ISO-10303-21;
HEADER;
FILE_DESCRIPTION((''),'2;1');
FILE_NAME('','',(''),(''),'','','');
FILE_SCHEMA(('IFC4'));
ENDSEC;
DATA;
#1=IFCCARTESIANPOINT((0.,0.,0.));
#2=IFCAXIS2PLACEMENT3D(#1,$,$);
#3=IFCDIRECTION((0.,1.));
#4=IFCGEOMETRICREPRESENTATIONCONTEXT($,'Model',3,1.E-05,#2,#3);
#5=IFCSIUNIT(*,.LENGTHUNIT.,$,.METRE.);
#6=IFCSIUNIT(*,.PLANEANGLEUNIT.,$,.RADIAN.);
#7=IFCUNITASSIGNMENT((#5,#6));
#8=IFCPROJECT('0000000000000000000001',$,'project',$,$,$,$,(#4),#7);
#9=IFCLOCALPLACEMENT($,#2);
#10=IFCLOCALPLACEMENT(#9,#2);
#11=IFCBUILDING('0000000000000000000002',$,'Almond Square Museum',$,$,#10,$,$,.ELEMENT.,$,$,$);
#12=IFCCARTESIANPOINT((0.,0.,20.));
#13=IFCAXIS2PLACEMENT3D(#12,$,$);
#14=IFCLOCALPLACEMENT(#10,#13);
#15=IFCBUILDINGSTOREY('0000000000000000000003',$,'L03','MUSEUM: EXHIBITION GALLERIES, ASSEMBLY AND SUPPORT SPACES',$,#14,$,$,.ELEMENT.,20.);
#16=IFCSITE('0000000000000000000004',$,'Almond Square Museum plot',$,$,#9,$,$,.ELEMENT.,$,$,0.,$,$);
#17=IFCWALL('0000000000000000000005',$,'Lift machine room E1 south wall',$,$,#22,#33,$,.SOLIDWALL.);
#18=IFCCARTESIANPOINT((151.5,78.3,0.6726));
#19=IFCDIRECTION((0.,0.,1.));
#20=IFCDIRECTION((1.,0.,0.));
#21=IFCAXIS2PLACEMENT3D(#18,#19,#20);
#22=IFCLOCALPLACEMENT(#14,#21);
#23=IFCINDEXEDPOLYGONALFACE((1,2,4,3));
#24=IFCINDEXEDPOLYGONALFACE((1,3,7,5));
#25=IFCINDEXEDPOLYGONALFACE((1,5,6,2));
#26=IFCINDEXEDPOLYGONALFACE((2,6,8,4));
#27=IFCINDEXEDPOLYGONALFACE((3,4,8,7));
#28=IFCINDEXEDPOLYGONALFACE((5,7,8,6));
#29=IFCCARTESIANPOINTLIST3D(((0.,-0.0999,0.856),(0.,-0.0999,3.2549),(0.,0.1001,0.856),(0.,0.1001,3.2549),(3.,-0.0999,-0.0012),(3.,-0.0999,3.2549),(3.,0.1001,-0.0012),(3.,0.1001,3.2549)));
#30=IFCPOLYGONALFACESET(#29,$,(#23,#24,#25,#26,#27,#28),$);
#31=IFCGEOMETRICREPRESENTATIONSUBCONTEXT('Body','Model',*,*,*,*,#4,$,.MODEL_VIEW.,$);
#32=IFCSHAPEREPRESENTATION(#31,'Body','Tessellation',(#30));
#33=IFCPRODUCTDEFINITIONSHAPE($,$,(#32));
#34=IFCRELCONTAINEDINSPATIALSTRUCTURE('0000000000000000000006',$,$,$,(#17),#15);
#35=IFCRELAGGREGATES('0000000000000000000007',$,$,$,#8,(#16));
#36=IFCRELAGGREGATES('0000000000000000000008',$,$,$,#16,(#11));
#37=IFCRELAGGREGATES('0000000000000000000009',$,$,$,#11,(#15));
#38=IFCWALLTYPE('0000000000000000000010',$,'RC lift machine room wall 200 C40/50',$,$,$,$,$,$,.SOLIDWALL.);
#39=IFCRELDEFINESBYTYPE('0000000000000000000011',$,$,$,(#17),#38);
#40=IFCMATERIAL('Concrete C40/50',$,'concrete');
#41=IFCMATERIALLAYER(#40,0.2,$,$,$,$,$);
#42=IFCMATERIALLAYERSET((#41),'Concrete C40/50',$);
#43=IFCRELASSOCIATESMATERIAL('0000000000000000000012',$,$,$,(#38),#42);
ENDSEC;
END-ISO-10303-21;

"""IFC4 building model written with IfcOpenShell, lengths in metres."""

from ifc_helpers import new_model, si_unit, direction, frame, origin, place, context, subcontext, project, spatial, polyline, outline, extrude, material, layer, layer_set, type_object, element, save


model = new_model("IFC4")

# Units and contexts
model_context = context("Model", 3, precision=1e-05, world=origin(), true_north=direction((0.0, 1.0)))
body_context = subcontext(model_context, "Body", "Model", "MODEL_VIEW")
ifc_project = project(units=[si_unit("LENGTHUNIT", "METRE"), si_unit("PLANEANGLEUNIT", "RADIAN")], contexts=[model_context])

# Site, building, storey
site_placement = place(None, origin())
site = spatial("IfcSite", under=ifc_project, at=site_placement, Name="Almond Square Museum plot", CompositionType="ELEMENT", RefElevation=0.0)
building_placement = place(site_placement, origin())
building = spatial("IfcBuilding", under=site, at=building_placement, Name="Almond Square Museum", CompositionType="ELEMENT")
storey_placement = place(building_placement, frame((0.0, 0.0, 20.0)))
storey = spatial("IfcBuildingStorey", under=building, at=storey_placement, Name="L03", Description="MUSEUM: EXHIBITION GALLERIES, ASSEMBLY AND SUPPORT SPACES", CompositionType="ELEMENT", Elevation=20.0)

# Wall
ifc_material_1 = material(Name="Concrete C40/50", Category="concrete")
ifc_layer_1 = layer(ifc_material_1, 0.2)
ifc_layer_set_1 = layer_set([ifc_layer_1], Name="Concrete C40/50")
wall_type_1 = type_object("IfcWallType", Name="RC lift machine room wall 200 C40/50", PredefinedType="SOLIDWALL", material=ifc_layer_set_1)
wall_1_placement = place(storey_placement, frame((151.5, 78.3, 0.6726), z_axis=(0.0, 0.0, 1.0), x_axis=(1.0, 0.0, 0.0)))
element("IfcWall", 1, at=wall_1_placement, inside=storey, type_object=wall_type_1, Name="Lift machine room E1 south wall", PredefinedType="SOLIDWALL", context=body_context, shape_type="SweptSolid", body=[
    extrude(outline(polyline([(0.0, 0.856), (3.0, -0.0012), (3.0, 3.2549), (0.0, 3.2549), (0.0, 0.856)])), frame((0.0, 0.1001, 0.0), z_axis=(0.0, -1.0, 0.0), x_axis=(1.0, 0.0, 0.0)), (0.0, 0.0, 1.0), 0.2),
])

save(model, "model.ifc")
